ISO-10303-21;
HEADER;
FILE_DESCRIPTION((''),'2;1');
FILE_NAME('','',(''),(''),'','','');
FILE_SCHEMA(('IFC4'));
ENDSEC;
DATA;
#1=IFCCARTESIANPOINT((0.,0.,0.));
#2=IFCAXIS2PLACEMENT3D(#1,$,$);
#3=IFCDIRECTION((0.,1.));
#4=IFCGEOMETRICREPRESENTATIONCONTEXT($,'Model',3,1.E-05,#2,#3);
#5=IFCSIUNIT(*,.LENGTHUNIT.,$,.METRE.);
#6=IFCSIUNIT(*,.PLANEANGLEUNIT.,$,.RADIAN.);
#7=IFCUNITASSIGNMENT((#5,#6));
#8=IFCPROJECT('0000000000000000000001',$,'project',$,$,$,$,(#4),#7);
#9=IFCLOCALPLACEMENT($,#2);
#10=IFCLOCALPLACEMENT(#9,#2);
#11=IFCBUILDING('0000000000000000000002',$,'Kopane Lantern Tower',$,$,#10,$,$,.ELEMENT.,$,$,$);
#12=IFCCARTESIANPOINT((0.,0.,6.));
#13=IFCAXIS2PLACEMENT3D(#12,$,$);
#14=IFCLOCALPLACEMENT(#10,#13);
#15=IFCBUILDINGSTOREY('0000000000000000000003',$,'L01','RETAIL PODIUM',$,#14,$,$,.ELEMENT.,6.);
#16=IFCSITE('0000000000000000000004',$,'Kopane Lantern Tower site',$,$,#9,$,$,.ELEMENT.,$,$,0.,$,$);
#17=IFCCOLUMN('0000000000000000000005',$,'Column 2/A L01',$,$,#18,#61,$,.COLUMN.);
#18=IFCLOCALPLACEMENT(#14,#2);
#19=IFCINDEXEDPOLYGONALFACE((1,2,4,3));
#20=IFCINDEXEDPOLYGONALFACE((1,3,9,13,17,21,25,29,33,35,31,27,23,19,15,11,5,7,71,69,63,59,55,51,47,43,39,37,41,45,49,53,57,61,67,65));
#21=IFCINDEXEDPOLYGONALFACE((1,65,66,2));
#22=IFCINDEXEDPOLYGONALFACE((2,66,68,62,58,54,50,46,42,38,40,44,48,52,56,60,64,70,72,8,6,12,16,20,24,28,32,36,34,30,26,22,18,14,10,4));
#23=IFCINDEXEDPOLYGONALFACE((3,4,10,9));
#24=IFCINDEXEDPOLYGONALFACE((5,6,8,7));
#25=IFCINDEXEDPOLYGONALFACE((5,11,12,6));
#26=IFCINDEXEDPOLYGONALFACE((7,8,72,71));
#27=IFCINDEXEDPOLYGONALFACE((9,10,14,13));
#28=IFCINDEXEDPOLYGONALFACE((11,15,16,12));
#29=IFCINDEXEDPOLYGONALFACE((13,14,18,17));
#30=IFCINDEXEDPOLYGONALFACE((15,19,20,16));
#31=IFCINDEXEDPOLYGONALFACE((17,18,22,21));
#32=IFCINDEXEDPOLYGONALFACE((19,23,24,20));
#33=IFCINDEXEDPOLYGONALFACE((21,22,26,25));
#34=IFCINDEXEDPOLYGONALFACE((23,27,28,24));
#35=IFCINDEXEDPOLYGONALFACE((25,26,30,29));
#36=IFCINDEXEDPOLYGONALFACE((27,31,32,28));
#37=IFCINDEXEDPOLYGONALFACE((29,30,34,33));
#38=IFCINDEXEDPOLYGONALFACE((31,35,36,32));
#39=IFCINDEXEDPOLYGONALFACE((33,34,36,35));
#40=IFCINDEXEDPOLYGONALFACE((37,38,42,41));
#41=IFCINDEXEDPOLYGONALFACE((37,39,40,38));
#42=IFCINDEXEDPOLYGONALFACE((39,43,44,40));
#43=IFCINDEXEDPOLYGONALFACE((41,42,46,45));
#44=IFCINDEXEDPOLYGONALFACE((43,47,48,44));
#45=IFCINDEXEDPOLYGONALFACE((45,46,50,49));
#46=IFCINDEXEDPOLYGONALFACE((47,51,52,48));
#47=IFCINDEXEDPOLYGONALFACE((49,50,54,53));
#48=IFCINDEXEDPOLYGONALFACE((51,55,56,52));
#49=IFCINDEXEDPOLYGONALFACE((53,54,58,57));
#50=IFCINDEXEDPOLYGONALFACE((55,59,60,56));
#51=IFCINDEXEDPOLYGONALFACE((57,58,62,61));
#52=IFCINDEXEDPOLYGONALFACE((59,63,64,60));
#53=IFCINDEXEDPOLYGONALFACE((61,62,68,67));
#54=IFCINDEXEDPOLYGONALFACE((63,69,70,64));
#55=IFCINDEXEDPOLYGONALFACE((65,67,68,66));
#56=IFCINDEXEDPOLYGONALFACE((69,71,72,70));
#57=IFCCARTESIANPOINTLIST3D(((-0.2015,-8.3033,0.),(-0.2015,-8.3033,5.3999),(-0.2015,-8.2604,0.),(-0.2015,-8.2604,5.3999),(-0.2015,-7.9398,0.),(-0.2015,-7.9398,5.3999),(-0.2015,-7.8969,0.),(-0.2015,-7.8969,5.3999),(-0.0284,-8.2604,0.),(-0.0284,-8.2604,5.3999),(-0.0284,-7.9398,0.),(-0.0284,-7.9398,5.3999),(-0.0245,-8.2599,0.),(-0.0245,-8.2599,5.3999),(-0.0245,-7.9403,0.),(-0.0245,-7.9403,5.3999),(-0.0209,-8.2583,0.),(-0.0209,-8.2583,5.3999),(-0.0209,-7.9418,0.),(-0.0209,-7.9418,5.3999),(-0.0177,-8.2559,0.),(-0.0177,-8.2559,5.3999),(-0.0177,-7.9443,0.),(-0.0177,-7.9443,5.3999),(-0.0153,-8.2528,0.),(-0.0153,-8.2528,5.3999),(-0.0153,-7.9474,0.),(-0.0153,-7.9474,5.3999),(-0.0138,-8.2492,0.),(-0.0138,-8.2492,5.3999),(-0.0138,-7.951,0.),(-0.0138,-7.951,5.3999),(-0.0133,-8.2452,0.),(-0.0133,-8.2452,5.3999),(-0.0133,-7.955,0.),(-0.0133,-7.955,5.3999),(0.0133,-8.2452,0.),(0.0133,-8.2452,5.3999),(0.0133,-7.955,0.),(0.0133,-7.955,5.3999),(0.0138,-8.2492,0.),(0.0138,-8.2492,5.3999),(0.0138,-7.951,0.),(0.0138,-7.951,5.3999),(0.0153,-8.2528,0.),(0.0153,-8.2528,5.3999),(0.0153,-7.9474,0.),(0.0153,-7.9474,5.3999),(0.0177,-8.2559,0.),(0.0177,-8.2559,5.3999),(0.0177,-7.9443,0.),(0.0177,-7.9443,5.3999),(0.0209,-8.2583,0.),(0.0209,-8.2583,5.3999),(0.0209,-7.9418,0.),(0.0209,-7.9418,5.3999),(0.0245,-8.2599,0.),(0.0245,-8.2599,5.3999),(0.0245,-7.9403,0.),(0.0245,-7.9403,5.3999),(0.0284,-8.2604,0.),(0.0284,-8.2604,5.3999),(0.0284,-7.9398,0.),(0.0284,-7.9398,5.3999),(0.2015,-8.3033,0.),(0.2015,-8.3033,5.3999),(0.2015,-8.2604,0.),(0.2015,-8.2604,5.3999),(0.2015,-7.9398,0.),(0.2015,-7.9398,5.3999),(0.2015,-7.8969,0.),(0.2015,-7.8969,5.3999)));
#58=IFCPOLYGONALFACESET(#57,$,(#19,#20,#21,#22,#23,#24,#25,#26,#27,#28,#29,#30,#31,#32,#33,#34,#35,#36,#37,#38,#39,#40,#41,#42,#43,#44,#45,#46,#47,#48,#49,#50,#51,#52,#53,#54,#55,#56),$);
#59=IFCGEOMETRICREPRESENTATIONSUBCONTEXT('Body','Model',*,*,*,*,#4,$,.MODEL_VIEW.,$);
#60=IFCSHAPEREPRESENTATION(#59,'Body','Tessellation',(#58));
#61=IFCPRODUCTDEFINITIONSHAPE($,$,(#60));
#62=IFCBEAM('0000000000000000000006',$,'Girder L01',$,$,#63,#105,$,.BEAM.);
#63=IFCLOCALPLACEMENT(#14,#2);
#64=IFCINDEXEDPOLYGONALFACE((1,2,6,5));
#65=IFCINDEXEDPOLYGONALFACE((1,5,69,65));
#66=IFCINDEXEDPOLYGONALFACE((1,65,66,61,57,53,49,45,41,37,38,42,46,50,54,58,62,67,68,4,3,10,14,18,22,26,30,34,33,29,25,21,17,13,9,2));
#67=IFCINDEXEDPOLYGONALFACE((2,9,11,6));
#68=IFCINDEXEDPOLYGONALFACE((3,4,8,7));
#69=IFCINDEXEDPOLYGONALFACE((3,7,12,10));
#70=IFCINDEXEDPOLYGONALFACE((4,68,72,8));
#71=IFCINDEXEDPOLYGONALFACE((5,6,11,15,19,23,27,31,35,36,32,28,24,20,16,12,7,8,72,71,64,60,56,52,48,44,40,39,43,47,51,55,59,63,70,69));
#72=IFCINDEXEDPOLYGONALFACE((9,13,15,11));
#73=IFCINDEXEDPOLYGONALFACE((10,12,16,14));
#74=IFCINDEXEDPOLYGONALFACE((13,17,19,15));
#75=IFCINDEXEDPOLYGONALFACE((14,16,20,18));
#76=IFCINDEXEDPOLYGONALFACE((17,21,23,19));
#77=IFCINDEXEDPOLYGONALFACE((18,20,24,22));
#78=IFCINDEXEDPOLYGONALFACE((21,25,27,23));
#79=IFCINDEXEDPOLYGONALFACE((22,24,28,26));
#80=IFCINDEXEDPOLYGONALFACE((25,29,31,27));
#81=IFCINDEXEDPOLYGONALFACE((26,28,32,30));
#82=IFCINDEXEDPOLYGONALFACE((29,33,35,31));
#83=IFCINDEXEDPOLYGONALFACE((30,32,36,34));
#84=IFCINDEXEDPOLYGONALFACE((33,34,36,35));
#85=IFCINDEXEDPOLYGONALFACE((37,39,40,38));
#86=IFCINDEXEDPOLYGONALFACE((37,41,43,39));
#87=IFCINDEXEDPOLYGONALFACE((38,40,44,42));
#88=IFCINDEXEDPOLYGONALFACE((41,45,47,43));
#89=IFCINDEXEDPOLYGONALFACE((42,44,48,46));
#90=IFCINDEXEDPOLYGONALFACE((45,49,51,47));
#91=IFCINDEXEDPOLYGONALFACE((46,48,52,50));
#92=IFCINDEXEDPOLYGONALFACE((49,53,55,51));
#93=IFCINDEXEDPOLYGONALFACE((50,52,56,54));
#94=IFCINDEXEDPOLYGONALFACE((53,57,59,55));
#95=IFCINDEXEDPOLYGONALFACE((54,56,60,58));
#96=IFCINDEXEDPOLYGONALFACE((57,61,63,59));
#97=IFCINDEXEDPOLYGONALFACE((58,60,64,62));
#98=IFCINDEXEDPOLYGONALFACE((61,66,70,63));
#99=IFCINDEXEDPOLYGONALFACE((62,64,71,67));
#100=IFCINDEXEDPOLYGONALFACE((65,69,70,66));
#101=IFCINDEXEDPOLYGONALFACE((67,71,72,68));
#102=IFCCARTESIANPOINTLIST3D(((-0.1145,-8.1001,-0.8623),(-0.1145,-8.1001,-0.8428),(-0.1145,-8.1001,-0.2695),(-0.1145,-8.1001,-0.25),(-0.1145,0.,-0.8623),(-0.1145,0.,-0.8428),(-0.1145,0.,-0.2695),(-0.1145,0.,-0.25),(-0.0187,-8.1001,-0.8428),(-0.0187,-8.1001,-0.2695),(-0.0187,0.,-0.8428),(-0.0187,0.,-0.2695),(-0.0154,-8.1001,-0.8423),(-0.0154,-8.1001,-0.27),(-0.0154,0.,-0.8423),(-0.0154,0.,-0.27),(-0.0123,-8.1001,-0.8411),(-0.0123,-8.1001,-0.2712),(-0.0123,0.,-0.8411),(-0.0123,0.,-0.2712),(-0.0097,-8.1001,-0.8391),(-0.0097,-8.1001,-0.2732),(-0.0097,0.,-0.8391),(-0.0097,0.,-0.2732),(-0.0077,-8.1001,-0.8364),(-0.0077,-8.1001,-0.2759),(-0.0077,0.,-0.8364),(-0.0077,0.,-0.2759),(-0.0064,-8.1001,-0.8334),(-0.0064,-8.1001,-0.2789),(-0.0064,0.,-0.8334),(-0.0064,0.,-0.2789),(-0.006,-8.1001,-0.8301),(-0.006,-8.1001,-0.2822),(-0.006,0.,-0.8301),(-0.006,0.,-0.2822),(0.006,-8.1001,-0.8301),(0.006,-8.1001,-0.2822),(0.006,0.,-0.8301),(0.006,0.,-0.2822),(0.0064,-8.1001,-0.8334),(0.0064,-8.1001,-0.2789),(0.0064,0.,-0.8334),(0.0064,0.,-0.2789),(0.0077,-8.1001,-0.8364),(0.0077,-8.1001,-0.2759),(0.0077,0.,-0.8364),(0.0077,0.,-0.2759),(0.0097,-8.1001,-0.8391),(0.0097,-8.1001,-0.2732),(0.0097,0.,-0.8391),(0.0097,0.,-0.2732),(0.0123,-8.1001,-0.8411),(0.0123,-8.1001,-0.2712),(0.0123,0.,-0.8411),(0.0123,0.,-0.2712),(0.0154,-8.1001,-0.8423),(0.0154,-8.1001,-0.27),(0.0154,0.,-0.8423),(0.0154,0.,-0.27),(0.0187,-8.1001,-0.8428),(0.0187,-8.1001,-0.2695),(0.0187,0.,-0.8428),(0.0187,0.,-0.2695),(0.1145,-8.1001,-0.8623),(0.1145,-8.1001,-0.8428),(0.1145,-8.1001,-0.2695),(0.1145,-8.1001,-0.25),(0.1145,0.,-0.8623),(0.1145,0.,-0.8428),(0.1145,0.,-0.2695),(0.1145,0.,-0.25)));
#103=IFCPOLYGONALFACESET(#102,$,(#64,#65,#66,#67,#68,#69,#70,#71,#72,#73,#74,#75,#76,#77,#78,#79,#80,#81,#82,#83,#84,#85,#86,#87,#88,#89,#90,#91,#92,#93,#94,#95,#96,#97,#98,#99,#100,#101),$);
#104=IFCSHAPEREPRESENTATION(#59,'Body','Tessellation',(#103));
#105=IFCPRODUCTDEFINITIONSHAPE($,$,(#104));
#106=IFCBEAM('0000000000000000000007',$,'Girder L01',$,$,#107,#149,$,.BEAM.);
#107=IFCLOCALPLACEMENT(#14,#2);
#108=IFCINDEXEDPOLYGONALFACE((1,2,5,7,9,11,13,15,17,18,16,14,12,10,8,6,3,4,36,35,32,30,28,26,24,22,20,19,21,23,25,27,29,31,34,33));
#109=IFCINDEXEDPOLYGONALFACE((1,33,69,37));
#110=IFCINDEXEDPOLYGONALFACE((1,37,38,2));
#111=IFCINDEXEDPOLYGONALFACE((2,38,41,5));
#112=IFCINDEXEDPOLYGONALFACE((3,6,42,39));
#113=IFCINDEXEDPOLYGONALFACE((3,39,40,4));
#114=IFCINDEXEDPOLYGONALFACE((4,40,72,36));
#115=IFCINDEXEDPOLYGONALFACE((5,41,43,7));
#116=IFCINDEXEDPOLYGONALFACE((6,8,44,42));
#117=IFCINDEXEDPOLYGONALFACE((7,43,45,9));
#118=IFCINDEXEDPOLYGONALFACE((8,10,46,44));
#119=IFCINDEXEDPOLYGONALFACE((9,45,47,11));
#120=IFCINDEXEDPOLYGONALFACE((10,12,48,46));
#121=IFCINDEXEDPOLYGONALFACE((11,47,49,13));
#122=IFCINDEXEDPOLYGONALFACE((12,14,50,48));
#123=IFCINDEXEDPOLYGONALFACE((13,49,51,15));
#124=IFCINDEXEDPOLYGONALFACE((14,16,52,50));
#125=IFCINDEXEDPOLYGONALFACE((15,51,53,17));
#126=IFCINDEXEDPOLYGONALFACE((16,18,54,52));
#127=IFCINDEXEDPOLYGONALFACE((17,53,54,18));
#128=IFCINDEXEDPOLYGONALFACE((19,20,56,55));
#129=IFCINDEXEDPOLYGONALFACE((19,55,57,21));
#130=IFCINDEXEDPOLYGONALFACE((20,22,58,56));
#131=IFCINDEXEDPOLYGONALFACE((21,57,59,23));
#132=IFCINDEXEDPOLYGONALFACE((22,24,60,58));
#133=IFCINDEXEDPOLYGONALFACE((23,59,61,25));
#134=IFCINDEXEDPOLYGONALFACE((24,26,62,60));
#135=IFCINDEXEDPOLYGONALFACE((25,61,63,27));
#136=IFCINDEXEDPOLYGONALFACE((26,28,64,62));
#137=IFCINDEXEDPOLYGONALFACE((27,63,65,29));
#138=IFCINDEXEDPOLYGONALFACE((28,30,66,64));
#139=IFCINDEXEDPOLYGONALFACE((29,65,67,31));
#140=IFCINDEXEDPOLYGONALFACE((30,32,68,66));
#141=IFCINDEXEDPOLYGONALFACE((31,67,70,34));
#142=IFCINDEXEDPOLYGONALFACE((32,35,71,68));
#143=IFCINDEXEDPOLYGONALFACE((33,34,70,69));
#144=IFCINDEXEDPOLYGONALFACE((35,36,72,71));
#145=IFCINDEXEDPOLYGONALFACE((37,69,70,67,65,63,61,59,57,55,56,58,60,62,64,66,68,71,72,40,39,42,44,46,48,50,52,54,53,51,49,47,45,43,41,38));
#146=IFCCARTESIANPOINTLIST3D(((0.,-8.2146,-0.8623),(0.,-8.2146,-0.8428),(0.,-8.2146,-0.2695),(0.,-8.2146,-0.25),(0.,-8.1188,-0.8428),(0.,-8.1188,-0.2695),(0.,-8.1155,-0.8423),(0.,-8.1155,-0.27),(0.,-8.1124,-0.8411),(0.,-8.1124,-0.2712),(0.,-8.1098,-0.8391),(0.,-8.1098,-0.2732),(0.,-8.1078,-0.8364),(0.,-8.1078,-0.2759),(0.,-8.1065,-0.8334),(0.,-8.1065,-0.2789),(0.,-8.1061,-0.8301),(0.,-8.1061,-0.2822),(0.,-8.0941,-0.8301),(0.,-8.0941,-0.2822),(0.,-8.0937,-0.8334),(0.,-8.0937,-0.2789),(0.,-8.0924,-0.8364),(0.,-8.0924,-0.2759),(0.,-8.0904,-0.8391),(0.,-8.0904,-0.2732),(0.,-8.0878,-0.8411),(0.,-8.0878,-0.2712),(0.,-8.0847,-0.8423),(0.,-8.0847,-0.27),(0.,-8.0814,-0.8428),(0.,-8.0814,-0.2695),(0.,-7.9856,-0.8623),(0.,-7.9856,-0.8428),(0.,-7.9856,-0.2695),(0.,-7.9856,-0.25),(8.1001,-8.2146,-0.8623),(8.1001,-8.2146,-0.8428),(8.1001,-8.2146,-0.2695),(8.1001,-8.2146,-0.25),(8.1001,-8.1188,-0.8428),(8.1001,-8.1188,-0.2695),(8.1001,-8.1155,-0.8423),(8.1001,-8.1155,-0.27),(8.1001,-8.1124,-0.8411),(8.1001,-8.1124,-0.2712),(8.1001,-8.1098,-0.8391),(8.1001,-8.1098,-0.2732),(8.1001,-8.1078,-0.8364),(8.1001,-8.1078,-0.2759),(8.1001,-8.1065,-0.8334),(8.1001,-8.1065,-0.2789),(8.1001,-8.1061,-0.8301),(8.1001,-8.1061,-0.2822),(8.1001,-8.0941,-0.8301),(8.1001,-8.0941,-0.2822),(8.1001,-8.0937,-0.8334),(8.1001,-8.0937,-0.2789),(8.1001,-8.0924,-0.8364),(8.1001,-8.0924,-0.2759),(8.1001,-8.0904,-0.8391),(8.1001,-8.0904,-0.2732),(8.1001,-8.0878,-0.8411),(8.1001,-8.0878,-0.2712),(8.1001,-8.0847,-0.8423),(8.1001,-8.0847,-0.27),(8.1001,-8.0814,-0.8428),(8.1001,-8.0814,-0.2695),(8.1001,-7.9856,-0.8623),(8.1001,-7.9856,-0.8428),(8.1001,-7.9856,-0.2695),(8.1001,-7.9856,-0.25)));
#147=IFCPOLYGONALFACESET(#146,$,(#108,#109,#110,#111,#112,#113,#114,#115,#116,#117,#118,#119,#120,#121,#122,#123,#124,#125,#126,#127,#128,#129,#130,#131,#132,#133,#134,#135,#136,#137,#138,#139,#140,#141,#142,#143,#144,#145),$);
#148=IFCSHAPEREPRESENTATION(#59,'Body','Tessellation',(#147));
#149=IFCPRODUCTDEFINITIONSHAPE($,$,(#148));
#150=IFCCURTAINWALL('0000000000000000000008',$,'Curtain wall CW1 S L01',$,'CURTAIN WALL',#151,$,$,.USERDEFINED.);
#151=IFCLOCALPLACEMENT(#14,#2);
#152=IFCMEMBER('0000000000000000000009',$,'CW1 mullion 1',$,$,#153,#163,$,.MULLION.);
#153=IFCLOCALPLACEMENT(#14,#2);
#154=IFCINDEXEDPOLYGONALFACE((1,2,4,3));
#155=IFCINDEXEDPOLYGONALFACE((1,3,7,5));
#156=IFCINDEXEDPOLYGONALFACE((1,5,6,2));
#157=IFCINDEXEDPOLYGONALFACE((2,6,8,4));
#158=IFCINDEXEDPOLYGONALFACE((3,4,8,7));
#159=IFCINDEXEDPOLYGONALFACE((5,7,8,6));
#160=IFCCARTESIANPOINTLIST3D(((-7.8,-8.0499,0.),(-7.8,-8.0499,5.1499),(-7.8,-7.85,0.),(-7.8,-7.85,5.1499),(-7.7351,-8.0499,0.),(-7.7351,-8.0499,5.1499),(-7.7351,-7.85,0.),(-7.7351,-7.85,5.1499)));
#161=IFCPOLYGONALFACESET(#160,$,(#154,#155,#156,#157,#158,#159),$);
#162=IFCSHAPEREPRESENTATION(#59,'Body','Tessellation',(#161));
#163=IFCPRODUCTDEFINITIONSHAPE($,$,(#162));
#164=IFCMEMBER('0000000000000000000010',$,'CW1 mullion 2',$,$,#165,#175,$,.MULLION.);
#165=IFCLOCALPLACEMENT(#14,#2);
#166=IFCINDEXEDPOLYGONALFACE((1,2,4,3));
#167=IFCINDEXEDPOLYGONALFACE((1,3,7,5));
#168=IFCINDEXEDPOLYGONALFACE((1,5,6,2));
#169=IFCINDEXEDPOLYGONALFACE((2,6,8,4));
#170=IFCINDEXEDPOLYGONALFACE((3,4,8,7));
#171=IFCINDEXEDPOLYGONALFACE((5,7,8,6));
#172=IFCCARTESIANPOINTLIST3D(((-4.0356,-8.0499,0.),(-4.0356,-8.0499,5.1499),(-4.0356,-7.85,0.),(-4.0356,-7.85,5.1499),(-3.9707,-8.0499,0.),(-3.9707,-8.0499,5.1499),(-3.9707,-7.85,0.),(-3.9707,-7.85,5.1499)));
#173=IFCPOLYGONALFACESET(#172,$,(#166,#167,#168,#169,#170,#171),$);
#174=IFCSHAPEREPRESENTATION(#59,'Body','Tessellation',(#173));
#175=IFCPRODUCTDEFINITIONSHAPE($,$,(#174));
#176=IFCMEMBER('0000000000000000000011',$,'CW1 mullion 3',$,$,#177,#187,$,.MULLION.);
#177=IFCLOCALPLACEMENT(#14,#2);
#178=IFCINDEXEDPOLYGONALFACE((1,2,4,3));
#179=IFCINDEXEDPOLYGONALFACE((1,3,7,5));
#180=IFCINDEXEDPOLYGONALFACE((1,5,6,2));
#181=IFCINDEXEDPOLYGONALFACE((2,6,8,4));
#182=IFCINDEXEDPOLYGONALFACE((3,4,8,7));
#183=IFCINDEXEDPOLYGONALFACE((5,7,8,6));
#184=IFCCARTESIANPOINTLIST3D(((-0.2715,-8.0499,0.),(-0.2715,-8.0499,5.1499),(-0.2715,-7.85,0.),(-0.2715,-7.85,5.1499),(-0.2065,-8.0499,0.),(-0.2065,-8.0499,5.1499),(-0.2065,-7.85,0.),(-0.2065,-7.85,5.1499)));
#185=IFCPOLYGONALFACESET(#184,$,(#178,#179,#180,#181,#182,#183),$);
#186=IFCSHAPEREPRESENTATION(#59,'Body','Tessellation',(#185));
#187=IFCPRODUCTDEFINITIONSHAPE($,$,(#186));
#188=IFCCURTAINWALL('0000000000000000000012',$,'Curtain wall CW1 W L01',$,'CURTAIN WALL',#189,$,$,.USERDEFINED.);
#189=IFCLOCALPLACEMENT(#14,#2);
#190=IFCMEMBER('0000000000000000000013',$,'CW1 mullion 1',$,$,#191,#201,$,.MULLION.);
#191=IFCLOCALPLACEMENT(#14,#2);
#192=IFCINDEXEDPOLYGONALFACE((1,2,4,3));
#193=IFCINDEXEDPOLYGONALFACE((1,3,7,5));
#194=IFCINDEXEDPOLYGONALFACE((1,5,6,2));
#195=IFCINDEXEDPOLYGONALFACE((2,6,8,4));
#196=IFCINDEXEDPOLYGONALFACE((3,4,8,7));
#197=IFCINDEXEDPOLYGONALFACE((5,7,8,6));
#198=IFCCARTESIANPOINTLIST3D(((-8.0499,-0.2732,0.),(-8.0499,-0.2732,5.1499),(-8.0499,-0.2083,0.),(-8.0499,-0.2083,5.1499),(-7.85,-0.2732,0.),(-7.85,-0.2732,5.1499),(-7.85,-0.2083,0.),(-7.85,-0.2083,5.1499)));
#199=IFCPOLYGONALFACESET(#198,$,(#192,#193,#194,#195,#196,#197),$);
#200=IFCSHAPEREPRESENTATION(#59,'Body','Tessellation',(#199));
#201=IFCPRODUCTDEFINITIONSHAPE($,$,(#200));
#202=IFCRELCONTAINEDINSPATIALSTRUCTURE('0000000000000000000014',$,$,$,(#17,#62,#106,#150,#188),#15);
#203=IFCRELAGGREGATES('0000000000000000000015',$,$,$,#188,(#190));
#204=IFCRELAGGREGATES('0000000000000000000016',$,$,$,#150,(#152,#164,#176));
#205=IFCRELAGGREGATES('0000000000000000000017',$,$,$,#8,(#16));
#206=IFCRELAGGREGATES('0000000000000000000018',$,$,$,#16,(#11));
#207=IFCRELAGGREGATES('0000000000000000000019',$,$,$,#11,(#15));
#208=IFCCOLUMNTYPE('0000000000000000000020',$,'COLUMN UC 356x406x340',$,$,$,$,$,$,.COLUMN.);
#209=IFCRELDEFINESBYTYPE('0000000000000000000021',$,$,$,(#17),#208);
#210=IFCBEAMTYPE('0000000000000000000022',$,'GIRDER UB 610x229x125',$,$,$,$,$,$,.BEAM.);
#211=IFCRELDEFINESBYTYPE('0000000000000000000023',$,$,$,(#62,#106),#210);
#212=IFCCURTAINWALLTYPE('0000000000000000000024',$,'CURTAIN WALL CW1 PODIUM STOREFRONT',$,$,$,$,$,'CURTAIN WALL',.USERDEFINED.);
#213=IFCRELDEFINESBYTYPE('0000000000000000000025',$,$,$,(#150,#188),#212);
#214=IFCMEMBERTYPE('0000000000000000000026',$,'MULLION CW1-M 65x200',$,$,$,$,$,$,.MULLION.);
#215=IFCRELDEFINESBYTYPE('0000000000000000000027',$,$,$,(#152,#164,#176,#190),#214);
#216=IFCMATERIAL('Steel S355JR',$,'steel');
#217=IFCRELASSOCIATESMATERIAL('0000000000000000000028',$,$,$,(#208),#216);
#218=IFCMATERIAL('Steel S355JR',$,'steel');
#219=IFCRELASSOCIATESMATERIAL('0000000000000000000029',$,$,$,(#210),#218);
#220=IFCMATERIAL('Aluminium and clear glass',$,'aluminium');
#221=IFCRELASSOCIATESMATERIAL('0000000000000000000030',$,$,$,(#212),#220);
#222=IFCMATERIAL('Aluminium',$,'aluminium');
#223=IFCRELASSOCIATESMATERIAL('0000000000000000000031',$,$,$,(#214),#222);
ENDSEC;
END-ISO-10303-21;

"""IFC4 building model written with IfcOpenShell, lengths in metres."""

from ifc_helpers import new_model, si_unit, direction, frame, origin, origin_2d, place, context, subcontext, project, spatial, rectangle, i_section, extrude, material, material_profile, profile_set, type_object, element, aggregate, save


model = new_model("IFC4")

# Units and contexts
model_context = context("Model", 3, precision=1e-05, world=origin(), true_north=direction((0.0, 1.0)))
body_context = subcontext(model_context, "Body", "Model", "MODEL_VIEW")
ifc_project = project(units=[si_unit("LENGTHUNIT", "METRE"), si_unit("PLANEANGLEUNIT", "RADIAN")], contexts=[model_context])

# Site, building, storey
site_placement = place(None, origin())
site = spatial("IfcSite", under=ifc_project, at=site_placement, Name="Kopane Lantern Tower site", CompositionType="ELEMENT", RefElevation=0.0)
building_placement = place(site_placement, origin())
building = spatial("IfcBuilding", under=site, at=building_placement, Name="Kopane Lantern Tower", CompositionType="ELEMENT")
storey_placement = place(building_placement, frame((0.0, 0.0, 6.0)))
storey = spatial("IfcBuildingStorey", under=building, at=storey_placement, Name="L01", Description="RETAIL PODIUM", CompositionType="ELEMENT", Elevation=6.0)

# Column
ifc_material_1 = material(Name="Steel S355JR", Category="steel")
ifc_material_profile_1 = material_profile(ifc_material_1, i_section(OverallWidth=0.4031, OverallDepth=0.4065, WebThickness=0.0266, FlangeThickness=0.043, FilletRadius=0.0151, at=origin_2d()), Name="UC 356x406x340")
ifc_profile_set_1 = profile_set([ifc_material_profile_1], Name="Steel S355JR")
column_type = type_object("IfcColumnType", Name="COLUMN UC 356x406x340", PredefinedType="COLUMN", material=ifc_profile_set_1)
column_placement = place(storey_placement, frame((0.0, -8.1001, 0.0), z_axis=(0.0, 0.0, 1.0), x_axis=(1.0, 0.0, 0.0)))
element("IfcColumn", 1, at=column_placement, inside=storey, type_object=column_type, Name="Column 2/A L01", PredefinedType="COLUMN", context=body_context, shape_type="SweptSolid", body=[
    extrude(i_section(OverallWidth=0.4031, OverallDepth=0.4065, WebThickness=0.0266, FlangeThickness=0.043, FilletRadius=0.0151, at=origin_2d()), origin(), (0.0, 0.0, 1.0), 5.3999),
])

# Beams
ifc_material_2 = material(Name="Steel S355JR", Category="steel")
ifc_material_profile_2 = material_profile(ifc_material_2, i_section(OverallWidth=0.229, OverallDepth=0.6123, WebThickness=0.012, FlangeThickness=0.0195, FilletRadius=0.0127, at=origin_2d()), Name="UB 610x229x125")
ifc_profile_set_2 = profile_set([ifc_material_profile_2], Name="Steel S355JR")
beam_type = type_object("IfcBeamType", Name="GIRDER UB 610x229x125", PredefinedType="BEAM", material=ifc_profile_set_2)
for number, where, z_axis, x_axis, name in (
    (2, (0.0, -8.1001, -0.5562), (0.0, 1.0, 0.0), (-1.0, 0.0, 0.0), "Girder L01"),
    (3, (0.0, -8.1001, -0.5562), (1.0, 0.0, 0.0), (0.0, 1.0, 0.0), "Girder L01"),
):
    element("IfcBeam", number, at=place(storey_placement, frame(where, z_axis=z_axis, x_axis=x_axis)), inside=storey, type_object=beam_type, Name=name, PredefinedType="BEAM", context=body_context, shape_type="SweptSolid", body=[
        extrude(i_section(OverallWidth=0.229, OverallDepth=0.6123, WebThickness=0.012, FlangeThickness=0.0195, FilletRadius=0.0127, at=origin_2d()), origin(), (0.0, 0.0, 1.0), 8.1001),
    ])

# Curtain wall, members
ifc_material_3 = material(Name="Aluminium and clear glass", Category="aluminium")
curtain_wall_type = type_object("IfcCurtainWallType", Name="CURTAIN WALL CW1 PODIUM STOREFRONT", ElementType="CURTAIN WALL", PredefinedType="USERDEFINED", material=ifc_material_3)
curtain_wall_1_placement = place(storey_placement, origin())
curtain_wall_1 = element("IfcCurtainWall", 4, at=curtain_wall_1_placement, inside=storey, type_object=curtain_wall_type, Name="Curtain wall CW1 S L01", ObjectType="CURTAIN WALL", PredefinedType="USERDEFINED")
ifc_material_4 = material(Name="Aluminium", Category="aluminium")
ifc_material_profile_3 = material_profile(ifc_material_4, rectangle(XDim=0.0649, YDim=0.2, at=origin_2d()), Name="AL 65x200")
ifc_profile_set_3 = profile_set([ifc_material_profile_3], Name="Aluminium")
member_type_1 = type_object("IfcMemberType", Name="MULLION CW1-M 65x200", PredefinedType="MULLION", material=ifc_profile_set_3)
member_1_placement = place(storey_placement, frame((-7.7676, -7.95, 0.0), z_axis=(0.0, 0.0, 1.0), x_axis=(1.0, 0.0, 0.0)))
member_1 = element("IfcMember", 5, at=member_1_placement, type_object=member_type_1, Name="CW1 mullion 1", PredefinedType="MULLION", context=body_context, shape_type="SweptSolid", body=[
    extrude(rectangle(XDim=0.0649, YDim=0.2, at=origin_2d()), origin(), (0.0, 0.0, 1.0), 5.1499),
])
member_2_placement = place(storey_placement, frame((-4.0032, -7.95, 0.0), z_axis=(0.0, 0.0, 1.0), x_axis=(1.0, 0.0, 0.0)))
member_2 = element("IfcMember", 6, at=member_2_placement, type_object=member_type_1, Name="CW1 mullion 2", PredefinedType="MULLION", context=body_context, shape_type="SweptSolid", body=[
    extrude(rectangle(XDim=0.0649, YDim=0.2, at=origin_2d()), origin(), (0.0, 0.0, 1.0), 5.1499),
])
member_3_placement = place(storey_placement, frame((-0.239, -7.95, 0.0), z_axis=(0.0, 0.0, 1.0), x_axis=(1.0, 0.0, 0.0)))
member_3 = element("IfcMember", 7, at=member_3_placement, type_object=member_type_1, Name="CW1 mullion 3", PredefinedType="MULLION", context=body_context, shape_type="SweptSolid", body=[
    extrude(rectangle(XDim=0.0649, YDim=0.2, at=origin_2d()), origin(), (0.0, 0.0, 1.0), 5.1499),
])

# Curtain wall, member
curtain_wall_2_placement = place(storey_placement, origin())
curtain_wall_2 = element("IfcCurtainWall", 8, at=curtain_wall_2_placement, inside=storey, type_object=curtain_wall_type, Name="Curtain wall CW1 W L01", ObjectType="CURTAIN WALL", PredefinedType="USERDEFINED")
member_4_placement = place(storey_placement, frame((-7.95, -0.2407, 0.0), z_axis=(0.0, 0.0, 1.0), x_axis=(0.0, -1.0, 0.0)))
member_4 = element("IfcMember", 9, at=member_4_placement, type_object=member_type_1, Name="CW1 mullion 1", PredefinedType="MULLION", context=body_context, shape_type="SweptSolid", body=[
    extrude(rectangle(XDim=0.0649, YDim=0.2, at=origin_2d()), origin(), (0.0, 0.0, 1.0), 5.1499),
])
aggregate(curtain_wall_2, [member_4])

aggregate(curtain_wall_1, [member_1, member_2, member_3])

save(model, "model.ifc")
